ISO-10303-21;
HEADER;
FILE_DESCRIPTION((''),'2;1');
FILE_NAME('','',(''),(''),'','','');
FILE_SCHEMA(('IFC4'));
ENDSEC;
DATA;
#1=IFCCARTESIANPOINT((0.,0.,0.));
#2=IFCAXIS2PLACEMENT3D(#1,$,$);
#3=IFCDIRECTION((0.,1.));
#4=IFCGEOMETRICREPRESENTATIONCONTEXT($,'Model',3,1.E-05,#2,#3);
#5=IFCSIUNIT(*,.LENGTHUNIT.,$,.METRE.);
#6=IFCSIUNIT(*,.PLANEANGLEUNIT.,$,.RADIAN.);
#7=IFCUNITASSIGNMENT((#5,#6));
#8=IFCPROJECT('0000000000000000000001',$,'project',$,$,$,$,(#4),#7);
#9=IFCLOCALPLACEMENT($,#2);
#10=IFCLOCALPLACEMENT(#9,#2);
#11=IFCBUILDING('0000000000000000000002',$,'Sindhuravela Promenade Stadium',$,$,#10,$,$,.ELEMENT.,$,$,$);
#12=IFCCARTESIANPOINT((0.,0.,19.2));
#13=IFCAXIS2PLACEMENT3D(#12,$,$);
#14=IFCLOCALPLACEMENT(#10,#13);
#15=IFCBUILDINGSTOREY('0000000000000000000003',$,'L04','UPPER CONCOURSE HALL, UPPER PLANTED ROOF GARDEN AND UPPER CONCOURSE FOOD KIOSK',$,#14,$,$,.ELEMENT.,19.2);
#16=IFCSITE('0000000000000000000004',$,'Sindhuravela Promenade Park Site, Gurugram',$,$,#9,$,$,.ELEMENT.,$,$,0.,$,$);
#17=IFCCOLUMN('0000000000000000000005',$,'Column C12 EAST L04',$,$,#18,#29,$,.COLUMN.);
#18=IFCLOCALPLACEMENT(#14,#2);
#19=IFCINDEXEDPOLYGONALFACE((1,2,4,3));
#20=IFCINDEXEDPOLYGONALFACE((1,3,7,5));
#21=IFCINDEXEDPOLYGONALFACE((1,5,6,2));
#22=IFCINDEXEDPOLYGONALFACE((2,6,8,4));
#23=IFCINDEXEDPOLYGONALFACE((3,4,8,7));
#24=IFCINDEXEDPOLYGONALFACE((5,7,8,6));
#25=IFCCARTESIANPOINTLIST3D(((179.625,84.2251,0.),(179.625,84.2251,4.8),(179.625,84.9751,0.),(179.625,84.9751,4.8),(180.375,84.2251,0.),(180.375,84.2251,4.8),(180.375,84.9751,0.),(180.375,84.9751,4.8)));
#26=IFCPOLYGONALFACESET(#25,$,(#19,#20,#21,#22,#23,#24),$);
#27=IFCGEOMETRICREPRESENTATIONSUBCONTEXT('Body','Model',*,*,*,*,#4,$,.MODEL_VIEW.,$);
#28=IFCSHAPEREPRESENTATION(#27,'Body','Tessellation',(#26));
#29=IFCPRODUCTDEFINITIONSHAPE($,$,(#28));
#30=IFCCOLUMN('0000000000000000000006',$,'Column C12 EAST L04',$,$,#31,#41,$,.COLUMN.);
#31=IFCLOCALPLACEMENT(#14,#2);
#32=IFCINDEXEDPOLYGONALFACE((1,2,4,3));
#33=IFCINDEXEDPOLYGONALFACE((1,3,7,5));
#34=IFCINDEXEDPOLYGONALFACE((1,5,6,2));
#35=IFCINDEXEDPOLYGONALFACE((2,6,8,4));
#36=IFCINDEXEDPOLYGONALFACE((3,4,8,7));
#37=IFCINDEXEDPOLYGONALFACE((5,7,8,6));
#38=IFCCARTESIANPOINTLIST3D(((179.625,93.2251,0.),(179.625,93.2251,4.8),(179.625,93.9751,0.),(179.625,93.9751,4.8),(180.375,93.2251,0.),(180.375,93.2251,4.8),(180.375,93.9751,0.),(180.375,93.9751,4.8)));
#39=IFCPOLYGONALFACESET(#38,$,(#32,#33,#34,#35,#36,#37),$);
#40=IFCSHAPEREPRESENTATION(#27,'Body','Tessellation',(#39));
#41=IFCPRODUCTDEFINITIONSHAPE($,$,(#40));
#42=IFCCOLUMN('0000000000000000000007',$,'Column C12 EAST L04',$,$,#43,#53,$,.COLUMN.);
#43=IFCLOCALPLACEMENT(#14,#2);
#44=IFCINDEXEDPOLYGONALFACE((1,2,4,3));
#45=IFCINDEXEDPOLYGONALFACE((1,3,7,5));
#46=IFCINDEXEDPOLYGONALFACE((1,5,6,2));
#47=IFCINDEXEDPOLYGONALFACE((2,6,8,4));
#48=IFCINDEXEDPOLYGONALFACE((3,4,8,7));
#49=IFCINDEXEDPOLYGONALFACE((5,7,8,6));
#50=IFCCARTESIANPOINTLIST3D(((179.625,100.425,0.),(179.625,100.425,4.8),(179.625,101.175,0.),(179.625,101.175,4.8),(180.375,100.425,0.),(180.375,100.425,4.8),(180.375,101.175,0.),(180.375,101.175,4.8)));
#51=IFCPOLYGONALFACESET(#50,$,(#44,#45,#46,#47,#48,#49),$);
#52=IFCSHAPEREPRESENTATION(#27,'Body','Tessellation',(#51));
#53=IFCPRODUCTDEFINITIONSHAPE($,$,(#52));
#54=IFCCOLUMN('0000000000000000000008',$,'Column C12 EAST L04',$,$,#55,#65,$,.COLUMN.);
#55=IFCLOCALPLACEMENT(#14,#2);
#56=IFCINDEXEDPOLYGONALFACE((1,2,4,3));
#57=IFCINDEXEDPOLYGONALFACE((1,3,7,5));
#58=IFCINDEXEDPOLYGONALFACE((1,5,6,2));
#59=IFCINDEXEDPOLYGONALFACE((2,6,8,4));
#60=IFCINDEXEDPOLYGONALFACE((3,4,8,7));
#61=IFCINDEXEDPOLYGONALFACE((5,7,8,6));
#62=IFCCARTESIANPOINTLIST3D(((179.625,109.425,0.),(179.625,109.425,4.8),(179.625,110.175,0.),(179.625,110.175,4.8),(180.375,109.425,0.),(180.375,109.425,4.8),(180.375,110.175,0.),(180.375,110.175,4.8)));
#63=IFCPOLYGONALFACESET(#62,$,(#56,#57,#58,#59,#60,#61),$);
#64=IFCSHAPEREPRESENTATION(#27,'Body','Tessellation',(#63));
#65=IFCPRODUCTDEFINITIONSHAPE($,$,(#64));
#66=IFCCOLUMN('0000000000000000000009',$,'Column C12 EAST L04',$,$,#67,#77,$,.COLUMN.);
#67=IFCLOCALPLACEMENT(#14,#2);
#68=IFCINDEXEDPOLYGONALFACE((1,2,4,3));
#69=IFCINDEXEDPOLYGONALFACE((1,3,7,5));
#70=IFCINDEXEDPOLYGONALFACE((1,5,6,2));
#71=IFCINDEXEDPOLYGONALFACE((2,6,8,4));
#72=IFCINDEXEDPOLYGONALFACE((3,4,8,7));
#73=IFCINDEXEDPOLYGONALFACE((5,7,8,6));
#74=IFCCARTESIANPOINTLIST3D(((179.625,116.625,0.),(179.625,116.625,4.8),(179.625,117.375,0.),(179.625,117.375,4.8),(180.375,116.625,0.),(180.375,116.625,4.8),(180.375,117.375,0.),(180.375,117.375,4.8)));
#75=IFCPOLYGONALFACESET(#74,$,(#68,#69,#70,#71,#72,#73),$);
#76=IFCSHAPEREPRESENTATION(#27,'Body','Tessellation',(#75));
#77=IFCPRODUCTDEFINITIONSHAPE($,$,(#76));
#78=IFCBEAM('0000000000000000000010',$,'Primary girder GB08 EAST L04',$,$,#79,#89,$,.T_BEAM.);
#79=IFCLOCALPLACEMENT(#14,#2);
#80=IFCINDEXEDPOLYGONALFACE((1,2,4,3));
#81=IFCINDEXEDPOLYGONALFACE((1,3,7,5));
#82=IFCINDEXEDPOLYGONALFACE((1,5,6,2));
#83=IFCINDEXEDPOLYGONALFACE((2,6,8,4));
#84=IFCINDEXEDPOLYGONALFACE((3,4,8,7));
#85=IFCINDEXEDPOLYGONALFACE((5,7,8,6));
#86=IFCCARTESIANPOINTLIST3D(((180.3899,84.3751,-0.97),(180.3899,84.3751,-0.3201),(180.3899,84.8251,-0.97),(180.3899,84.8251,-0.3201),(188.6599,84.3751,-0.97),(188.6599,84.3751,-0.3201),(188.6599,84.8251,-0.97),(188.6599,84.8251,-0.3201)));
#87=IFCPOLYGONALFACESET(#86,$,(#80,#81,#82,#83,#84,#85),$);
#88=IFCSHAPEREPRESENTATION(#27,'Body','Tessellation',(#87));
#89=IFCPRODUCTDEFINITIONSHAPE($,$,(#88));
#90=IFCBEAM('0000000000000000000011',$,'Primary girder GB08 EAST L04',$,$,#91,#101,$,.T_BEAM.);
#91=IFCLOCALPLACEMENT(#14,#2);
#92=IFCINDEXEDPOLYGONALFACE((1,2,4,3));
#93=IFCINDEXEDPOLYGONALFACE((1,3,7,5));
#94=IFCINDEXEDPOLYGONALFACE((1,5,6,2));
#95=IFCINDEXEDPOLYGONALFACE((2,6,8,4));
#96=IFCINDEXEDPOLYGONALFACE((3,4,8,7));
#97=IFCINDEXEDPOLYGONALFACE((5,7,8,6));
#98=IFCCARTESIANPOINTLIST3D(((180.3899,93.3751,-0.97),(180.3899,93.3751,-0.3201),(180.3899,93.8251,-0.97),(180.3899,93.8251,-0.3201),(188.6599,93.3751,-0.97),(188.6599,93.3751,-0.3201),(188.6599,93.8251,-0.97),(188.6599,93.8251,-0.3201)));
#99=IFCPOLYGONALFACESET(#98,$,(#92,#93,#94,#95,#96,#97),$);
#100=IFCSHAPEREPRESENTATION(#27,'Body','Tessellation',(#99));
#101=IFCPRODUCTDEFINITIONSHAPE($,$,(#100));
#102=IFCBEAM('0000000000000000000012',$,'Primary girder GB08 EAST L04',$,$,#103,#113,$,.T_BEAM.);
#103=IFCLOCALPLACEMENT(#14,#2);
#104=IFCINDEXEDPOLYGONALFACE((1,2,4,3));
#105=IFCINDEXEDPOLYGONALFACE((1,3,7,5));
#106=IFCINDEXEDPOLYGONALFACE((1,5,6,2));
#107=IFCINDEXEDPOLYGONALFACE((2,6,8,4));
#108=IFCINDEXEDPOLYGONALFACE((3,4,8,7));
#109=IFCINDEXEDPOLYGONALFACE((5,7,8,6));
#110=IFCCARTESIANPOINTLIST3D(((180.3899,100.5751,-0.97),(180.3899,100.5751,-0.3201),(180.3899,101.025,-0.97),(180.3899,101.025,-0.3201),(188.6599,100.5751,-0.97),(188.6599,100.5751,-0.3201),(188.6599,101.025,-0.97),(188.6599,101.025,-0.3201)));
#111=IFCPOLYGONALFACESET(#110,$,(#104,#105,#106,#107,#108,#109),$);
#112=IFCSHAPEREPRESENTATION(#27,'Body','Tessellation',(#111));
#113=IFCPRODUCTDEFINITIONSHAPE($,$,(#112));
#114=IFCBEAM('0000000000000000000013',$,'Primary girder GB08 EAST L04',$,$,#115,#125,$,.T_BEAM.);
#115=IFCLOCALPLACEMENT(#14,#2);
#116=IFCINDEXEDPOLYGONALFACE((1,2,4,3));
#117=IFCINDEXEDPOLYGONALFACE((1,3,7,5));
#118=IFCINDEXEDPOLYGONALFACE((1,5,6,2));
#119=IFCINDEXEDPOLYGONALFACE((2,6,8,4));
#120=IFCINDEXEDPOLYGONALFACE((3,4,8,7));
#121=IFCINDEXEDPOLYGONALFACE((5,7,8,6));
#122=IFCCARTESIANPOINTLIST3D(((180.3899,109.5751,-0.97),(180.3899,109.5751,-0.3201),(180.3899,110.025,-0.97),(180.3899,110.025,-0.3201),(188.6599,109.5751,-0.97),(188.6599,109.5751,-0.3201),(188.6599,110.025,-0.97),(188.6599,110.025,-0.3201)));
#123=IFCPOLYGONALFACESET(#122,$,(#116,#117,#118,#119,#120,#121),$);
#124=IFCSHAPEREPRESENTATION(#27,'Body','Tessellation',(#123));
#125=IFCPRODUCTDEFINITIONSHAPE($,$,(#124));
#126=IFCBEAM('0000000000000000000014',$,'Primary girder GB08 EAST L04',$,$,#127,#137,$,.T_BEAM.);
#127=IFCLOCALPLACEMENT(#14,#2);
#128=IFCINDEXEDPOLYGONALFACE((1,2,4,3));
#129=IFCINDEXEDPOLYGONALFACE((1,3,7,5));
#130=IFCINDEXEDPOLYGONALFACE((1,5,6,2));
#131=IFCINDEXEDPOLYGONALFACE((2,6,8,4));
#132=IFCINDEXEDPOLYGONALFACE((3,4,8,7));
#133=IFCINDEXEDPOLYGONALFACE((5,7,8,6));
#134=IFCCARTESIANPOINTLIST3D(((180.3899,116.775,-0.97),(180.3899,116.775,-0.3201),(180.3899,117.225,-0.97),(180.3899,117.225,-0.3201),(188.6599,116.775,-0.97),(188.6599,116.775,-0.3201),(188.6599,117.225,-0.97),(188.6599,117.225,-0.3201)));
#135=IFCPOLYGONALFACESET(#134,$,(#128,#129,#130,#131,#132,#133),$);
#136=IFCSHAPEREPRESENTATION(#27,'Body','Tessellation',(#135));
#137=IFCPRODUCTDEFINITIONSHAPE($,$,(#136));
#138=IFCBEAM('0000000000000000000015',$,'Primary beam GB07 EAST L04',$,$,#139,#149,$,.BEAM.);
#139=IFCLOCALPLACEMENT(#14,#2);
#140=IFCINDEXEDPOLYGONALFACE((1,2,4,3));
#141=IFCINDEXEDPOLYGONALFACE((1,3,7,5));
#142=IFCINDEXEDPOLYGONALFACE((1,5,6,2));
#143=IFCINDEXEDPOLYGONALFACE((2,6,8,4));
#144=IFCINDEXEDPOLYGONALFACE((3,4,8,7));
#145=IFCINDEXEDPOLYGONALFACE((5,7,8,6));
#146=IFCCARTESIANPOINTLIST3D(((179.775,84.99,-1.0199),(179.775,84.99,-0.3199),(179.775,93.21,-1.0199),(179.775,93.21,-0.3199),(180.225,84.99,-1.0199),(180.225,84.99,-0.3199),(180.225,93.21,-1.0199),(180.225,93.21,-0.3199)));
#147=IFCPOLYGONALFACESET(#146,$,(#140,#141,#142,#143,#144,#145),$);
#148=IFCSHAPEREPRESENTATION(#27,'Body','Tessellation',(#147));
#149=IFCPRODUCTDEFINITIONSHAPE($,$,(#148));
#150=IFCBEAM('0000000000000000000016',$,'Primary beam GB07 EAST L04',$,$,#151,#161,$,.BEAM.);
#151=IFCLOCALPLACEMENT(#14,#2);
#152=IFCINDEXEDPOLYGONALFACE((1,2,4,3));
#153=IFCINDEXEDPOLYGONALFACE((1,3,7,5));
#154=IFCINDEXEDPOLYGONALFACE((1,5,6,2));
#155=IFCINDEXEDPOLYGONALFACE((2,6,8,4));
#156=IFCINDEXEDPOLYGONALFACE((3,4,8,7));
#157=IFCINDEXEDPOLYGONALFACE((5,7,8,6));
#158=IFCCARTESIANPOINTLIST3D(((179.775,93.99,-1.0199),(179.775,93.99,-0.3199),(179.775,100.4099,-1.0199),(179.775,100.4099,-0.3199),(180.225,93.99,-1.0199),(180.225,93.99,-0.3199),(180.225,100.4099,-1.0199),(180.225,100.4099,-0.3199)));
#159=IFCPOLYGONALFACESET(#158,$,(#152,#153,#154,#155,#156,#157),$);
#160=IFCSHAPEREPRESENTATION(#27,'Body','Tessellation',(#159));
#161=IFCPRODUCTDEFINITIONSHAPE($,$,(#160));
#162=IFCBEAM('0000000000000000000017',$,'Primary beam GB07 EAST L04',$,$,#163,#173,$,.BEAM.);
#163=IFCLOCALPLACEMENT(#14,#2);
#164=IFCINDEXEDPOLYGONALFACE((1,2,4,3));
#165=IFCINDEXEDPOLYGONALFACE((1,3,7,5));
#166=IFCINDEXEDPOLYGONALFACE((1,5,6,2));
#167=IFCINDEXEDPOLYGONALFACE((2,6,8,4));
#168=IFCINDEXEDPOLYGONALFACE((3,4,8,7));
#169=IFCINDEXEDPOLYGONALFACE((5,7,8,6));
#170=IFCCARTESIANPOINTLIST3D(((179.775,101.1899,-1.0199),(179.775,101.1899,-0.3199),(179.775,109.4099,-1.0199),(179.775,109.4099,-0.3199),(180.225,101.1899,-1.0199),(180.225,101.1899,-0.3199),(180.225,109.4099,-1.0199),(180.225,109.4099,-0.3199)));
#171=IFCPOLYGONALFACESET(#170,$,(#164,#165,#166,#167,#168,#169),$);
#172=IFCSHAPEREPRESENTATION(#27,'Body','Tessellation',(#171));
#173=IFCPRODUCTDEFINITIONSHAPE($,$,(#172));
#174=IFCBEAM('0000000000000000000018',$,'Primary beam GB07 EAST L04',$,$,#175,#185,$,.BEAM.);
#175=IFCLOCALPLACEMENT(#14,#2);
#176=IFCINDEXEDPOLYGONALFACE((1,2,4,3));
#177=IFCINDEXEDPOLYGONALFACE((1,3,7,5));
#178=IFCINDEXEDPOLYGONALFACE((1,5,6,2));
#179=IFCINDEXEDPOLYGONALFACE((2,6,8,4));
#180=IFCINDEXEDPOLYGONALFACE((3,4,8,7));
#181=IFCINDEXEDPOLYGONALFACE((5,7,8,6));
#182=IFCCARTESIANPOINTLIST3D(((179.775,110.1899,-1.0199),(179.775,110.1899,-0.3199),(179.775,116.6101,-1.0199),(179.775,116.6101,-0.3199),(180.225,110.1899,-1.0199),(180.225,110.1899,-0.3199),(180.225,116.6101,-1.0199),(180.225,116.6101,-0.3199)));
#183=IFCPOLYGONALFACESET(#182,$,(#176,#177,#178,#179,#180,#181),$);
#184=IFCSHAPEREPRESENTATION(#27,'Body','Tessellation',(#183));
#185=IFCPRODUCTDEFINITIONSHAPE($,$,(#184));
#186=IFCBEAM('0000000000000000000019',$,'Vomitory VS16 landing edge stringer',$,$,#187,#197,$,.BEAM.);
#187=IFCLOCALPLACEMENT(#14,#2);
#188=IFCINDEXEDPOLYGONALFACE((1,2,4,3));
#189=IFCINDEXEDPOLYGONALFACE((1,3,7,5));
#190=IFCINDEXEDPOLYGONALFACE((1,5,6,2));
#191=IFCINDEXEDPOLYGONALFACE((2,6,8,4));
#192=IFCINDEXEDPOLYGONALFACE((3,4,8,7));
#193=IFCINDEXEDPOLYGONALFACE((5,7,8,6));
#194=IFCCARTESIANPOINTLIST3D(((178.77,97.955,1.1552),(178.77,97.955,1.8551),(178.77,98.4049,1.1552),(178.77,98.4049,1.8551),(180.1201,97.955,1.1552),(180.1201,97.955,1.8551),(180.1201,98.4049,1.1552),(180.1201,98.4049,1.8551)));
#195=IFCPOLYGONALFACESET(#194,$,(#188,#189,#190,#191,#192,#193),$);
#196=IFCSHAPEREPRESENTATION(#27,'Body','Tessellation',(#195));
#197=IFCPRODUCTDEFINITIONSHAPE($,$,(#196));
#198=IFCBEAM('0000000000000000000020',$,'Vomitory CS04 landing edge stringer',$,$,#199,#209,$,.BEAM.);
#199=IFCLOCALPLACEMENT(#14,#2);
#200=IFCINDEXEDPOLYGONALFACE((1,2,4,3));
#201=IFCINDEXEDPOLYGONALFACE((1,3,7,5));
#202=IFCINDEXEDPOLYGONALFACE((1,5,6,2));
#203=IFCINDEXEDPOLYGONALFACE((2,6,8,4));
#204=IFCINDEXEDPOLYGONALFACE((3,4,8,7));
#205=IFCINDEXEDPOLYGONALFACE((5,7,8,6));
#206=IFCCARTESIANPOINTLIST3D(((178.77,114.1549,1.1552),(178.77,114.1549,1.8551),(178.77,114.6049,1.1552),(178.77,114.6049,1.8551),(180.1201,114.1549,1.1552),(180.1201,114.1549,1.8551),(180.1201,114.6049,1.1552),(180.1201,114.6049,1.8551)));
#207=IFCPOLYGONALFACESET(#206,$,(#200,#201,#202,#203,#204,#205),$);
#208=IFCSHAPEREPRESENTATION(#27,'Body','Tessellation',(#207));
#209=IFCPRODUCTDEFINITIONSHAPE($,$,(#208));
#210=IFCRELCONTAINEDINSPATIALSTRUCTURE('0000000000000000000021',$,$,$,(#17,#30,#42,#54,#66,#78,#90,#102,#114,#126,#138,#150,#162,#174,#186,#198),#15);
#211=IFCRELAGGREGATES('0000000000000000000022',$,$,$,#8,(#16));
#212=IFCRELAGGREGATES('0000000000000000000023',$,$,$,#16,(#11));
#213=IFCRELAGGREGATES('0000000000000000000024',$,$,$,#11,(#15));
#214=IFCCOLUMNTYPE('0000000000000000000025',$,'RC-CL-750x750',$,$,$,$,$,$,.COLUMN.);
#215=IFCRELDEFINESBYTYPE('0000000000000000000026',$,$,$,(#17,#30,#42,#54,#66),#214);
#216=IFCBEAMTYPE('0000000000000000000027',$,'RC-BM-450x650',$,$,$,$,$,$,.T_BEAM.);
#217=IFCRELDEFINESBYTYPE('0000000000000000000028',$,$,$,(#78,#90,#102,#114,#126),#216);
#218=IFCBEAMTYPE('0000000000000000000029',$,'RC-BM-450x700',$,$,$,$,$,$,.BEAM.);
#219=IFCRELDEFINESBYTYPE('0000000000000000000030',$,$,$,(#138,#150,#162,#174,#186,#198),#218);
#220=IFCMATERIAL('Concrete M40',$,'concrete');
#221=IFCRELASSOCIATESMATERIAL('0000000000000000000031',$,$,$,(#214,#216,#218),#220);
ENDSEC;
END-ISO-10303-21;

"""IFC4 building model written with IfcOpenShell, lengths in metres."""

from ifc_helpers import new_model, si_unit, direction, frame, origin, origin_2d, place, context, subcontext, project, spatial, rectangle, extrude, material, material_profile, profile_set, type_object, element, save


model = new_model("IFC4")

# Units and contexts
model_context = context("Model", 3, precision=1e-05, world=origin(), true_north=direction((0.0, 1.0)))
body_context = subcontext(model_context, "Body", "Model", "MODEL_VIEW")
ifc_project = project(units=[si_unit("LENGTHUNIT", "METRE"), si_unit("PLANEANGLEUNIT", "RADIAN")], contexts=[model_context])

# Site, building, storey
site_placement = place(None, origin())
site = spatial("IfcSite", under=ifc_project, at=site_placement, Name="Sindhuravela Promenade Park Site, Gurugram", CompositionType="ELEMENT", RefElevation=0.0)
building_placement = place(site_placement, origin())
building = spatial("IfcBuilding", under=site, at=building_placement, Name="Sindhuravela Promenade Stadium", CompositionType="ELEMENT")
storey_placement = place(building_placement, frame((0.0, 0.0, 19.2)))
storey = spatial("IfcBuildingStorey", under=building, at=storey_placement, Name="L04", Description="UPPER CONCOURSE HALL, UPPER PLANTED ROOF GARDEN AND UPPER CONCOURSE FOOD KIOSK", CompositionType="ELEMENT", Elevation=19.2)

# Columns
ifc_material_1 = material(Name="Concrete M40", Category="concrete")
ifc_material_profile_1 = material_profile(ifc_material_1, rectangle(XDim=0.75, YDim=0.75, at=origin_2d()), Name="RC 750x750")
ifc_profile_set_1 = profile_set([ifc_material_profile_1], Name="Concrete M40")
column_type = type_object("IfcColumnType", Name="RC-CL-750x750", PredefinedType="COLUMN", material=ifc_profile_set_1)
for number, where, z_axis, x_axis, name in (
    (1, (180.0, 84.6001, 0.0), (0.0, 0.0, 1.0), (1.0, 0.0, 0.0), "Column C12 EAST L04"),
    (2, (180.0, 93.6001, 0.0), (0.0, 0.0, 1.0), (1.0, 0.0, 0.0), "Column C12 EAST L04"),
    (3, (180.0, 100.8, 0.0), (0.0, 0.0, 1.0), (1.0, 0.0, 0.0), "Column C12 EAST L04"),
    (4, (180.0, 109.8, 0.0), (0.0, 0.0, 1.0), (1.0, 0.0, 0.0), "Column C12 EAST L04"),
    (5, (180.0, 117.0, 0.0), (0.0, 0.0, 1.0), (1.0, 0.0, 0.0), "Column C12 EAST L04"),
):
    element("IfcColumn", number, at=place(storey_placement, frame(where, z_axis=z_axis, x_axis=x_axis)), inside=storey, type_object=column_type, Name=name, PredefinedType="COLUMN", context=body_context, shape_type="SweptSolid", body=[
        extrude(rectangle(XDim=0.75, YDim=0.75, at=origin_2d()), origin(), (0.0, 0.0, 1.0), 4.8),
    ])

# Beams
ifc_material_profile_2 = material_profile(ifc_material_1, rectangle(XDim=0.45, YDim=0.6499, at=origin_2d()), Name="RC 450x650")
ifc_profile_set_2 = profile_set([ifc_material_profile_2], Name="Concrete M40")
beam_type_1 = type_object("IfcBeamType", Name="RC-BM-450x650", PredefinedType="T_BEAM", material=ifc_profile_set_2)
for number, where, z_axis, x_axis, name in (
    (6, (180.3899, 84.6001, -0.645), (1.0, 0.0, 0.0), (0.0, 1.0, 0.0), "Primary girder GB08 EAST L04"),
    (7, (180.3899, 93.6001, -0.645), (1.0, 0.0, 0.0), (0.0, 1.0, 0.0), "Primary girder GB08 EAST L04"),
    (8, (180.3899, 100.8, -0.645), (1.0, 0.0, 0.0), (0.0, 1.0, 0.0), "Primary girder GB08 EAST L04"),
    (9, (180.3899, 109.8, -0.645), (1.0, 0.0, 0.0), (0.0, 1.0, 0.0), "Primary girder GB08 EAST L04"),
    (10, (180.3899, 117.0, -0.645), (1.0, 0.0, 0.0), (0.0, 1.0, 0.0), "Primary girder GB08 EAST L04"),
):
    element("IfcBeam", number, at=place(storey_placement, frame(where, z_axis=z_axis, x_axis=x_axis)), inside=storey, type_object=beam_type_1, Name=name, PredefinedType="T_BEAM", context=body_context, shape_type="SweptSolid", body=[
        extrude(rectangle(XDim=0.45, YDim=0.6499, at=origin_2d()), origin(), (0.0, 0.0, 1.0), 8.27),
    ])
ifc_material_profile_3 = material_profile(ifc_material_1, rectangle(XDim=0.45, YDim=0.7, at=origin_2d()), Name="RC 450x700")
ifc_profile_set_3 = profile_set([ifc_material_profile_3], Name="Concrete M40")
beam_type_2 = type_object("IfcBeamType", Name="RC-BM-450x700", PredefinedType="BEAM", material=ifc_profile_set_3)
beam_1_placement = place(storey_placement, frame((180.0, 84.99, -0.6699), z_axis=(0.0, 1.0, 0.0), x_axis=(-1.0, 0.0, 0.0)))
element("IfcBeam", 11, at=beam_1_placement, inside=storey, type_object=beam_type_2, Name="Primary beam GB07 EAST L04", PredefinedType="BEAM", context=body_context, shape_type="SweptSolid", body=[
    extrude(rectangle(XDim=0.45, YDim=0.7, at=origin_2d()), origin(), (0.0, 0.0, 1.0), 8.22),
])
beam_2_placement = place(storey_placement, frame((180.0, 93.99, -0.6699), z_axis=(0.0, 1.0, 0.0), x_axis=(-1.0, 0.0, 0.0)))
element("IfcBeam", 12, at=beam_2_placement, inside=storey, type_object=beam_type_2, Name="Primary beam GB07 EAST L04", PredefinedType="BEAM", context=body_context, shape_type="SweptSolid", body=[
    extrude(rectangle(XDim=0.45, YDim=0.7, at=origin_2d()), origin(), (0.0, 0.0, 1.0), 6.4199),
])
beam_3_placement = place(storey_placement, frame((180.0, 101.1899, -0.6699), z_axis=(0.0, 1.0, 0.0), x_axis=(-1.0, 0.0, 0.0)))
element("IfcBeam", 13, at=beam_3_placement, inside=storey, type_object=beam_type_2, Name="Primary beam GB07 EAST L04", PredefinedType="BEAM", context=body_context, shape_type="SweptSolid", body=[
    extrude(rectangle(XDim=0.45, YDim=0.7, at=origin_2d()), origin(), (0.0, 0.0, 1.0), 8.22),
])
beam_4_placement = place(storey_placement, frame((180.0, 110.1899, -0.6699), z_axis=(0.0, 1.0, 0.0), x_axis=(-1.0, 0.0, 0.0)))
element("IfcBeam", 14, at=beam_4_placement, inside=storey, type_object=beam_type_2, Name="Primary beam GB07 EAST L04", PredefinedType="BEAM", context=body_context, shape_type="SweptSolid", body=[
    extrude(rectangle(XDim=0.45, YDim=0.7, at=origin_2d()), origin(), (0.0, 0.0, 1.0), 6.4202),
])
for number, where, z_axis, x_axis, name in (
    (15, (180.1201, 98.1799, 1.5051), (-1.0, 0.0, 0.0), (0.0, -1.0, 0.0), "Vomitory VS16 landing edge stringer"),
    (16, (180.1201, 114.3799, 1.5051), (-1.0, 0.0, 0.0), (0.0, -1.0, 0.0), "Vomitory CS04 landing edge stringer"),
):
    element("IfcBeam", number, at=place(storey_placement, frame(where, z_axis=z_axis, x_axis=x_axis)), inside=storey, type_object=beam_type_2, Name=name, PredefinedType="BEAM", context=body_context, shape_type="SweptSolid", body=[
        extrude(rectangle(XDim=0.45, YDim=0.7, at=origin_2d()), origin(), (0.0, 0.0, 1.0), 1.3501),
    ])

save(model, "model.ifc")
